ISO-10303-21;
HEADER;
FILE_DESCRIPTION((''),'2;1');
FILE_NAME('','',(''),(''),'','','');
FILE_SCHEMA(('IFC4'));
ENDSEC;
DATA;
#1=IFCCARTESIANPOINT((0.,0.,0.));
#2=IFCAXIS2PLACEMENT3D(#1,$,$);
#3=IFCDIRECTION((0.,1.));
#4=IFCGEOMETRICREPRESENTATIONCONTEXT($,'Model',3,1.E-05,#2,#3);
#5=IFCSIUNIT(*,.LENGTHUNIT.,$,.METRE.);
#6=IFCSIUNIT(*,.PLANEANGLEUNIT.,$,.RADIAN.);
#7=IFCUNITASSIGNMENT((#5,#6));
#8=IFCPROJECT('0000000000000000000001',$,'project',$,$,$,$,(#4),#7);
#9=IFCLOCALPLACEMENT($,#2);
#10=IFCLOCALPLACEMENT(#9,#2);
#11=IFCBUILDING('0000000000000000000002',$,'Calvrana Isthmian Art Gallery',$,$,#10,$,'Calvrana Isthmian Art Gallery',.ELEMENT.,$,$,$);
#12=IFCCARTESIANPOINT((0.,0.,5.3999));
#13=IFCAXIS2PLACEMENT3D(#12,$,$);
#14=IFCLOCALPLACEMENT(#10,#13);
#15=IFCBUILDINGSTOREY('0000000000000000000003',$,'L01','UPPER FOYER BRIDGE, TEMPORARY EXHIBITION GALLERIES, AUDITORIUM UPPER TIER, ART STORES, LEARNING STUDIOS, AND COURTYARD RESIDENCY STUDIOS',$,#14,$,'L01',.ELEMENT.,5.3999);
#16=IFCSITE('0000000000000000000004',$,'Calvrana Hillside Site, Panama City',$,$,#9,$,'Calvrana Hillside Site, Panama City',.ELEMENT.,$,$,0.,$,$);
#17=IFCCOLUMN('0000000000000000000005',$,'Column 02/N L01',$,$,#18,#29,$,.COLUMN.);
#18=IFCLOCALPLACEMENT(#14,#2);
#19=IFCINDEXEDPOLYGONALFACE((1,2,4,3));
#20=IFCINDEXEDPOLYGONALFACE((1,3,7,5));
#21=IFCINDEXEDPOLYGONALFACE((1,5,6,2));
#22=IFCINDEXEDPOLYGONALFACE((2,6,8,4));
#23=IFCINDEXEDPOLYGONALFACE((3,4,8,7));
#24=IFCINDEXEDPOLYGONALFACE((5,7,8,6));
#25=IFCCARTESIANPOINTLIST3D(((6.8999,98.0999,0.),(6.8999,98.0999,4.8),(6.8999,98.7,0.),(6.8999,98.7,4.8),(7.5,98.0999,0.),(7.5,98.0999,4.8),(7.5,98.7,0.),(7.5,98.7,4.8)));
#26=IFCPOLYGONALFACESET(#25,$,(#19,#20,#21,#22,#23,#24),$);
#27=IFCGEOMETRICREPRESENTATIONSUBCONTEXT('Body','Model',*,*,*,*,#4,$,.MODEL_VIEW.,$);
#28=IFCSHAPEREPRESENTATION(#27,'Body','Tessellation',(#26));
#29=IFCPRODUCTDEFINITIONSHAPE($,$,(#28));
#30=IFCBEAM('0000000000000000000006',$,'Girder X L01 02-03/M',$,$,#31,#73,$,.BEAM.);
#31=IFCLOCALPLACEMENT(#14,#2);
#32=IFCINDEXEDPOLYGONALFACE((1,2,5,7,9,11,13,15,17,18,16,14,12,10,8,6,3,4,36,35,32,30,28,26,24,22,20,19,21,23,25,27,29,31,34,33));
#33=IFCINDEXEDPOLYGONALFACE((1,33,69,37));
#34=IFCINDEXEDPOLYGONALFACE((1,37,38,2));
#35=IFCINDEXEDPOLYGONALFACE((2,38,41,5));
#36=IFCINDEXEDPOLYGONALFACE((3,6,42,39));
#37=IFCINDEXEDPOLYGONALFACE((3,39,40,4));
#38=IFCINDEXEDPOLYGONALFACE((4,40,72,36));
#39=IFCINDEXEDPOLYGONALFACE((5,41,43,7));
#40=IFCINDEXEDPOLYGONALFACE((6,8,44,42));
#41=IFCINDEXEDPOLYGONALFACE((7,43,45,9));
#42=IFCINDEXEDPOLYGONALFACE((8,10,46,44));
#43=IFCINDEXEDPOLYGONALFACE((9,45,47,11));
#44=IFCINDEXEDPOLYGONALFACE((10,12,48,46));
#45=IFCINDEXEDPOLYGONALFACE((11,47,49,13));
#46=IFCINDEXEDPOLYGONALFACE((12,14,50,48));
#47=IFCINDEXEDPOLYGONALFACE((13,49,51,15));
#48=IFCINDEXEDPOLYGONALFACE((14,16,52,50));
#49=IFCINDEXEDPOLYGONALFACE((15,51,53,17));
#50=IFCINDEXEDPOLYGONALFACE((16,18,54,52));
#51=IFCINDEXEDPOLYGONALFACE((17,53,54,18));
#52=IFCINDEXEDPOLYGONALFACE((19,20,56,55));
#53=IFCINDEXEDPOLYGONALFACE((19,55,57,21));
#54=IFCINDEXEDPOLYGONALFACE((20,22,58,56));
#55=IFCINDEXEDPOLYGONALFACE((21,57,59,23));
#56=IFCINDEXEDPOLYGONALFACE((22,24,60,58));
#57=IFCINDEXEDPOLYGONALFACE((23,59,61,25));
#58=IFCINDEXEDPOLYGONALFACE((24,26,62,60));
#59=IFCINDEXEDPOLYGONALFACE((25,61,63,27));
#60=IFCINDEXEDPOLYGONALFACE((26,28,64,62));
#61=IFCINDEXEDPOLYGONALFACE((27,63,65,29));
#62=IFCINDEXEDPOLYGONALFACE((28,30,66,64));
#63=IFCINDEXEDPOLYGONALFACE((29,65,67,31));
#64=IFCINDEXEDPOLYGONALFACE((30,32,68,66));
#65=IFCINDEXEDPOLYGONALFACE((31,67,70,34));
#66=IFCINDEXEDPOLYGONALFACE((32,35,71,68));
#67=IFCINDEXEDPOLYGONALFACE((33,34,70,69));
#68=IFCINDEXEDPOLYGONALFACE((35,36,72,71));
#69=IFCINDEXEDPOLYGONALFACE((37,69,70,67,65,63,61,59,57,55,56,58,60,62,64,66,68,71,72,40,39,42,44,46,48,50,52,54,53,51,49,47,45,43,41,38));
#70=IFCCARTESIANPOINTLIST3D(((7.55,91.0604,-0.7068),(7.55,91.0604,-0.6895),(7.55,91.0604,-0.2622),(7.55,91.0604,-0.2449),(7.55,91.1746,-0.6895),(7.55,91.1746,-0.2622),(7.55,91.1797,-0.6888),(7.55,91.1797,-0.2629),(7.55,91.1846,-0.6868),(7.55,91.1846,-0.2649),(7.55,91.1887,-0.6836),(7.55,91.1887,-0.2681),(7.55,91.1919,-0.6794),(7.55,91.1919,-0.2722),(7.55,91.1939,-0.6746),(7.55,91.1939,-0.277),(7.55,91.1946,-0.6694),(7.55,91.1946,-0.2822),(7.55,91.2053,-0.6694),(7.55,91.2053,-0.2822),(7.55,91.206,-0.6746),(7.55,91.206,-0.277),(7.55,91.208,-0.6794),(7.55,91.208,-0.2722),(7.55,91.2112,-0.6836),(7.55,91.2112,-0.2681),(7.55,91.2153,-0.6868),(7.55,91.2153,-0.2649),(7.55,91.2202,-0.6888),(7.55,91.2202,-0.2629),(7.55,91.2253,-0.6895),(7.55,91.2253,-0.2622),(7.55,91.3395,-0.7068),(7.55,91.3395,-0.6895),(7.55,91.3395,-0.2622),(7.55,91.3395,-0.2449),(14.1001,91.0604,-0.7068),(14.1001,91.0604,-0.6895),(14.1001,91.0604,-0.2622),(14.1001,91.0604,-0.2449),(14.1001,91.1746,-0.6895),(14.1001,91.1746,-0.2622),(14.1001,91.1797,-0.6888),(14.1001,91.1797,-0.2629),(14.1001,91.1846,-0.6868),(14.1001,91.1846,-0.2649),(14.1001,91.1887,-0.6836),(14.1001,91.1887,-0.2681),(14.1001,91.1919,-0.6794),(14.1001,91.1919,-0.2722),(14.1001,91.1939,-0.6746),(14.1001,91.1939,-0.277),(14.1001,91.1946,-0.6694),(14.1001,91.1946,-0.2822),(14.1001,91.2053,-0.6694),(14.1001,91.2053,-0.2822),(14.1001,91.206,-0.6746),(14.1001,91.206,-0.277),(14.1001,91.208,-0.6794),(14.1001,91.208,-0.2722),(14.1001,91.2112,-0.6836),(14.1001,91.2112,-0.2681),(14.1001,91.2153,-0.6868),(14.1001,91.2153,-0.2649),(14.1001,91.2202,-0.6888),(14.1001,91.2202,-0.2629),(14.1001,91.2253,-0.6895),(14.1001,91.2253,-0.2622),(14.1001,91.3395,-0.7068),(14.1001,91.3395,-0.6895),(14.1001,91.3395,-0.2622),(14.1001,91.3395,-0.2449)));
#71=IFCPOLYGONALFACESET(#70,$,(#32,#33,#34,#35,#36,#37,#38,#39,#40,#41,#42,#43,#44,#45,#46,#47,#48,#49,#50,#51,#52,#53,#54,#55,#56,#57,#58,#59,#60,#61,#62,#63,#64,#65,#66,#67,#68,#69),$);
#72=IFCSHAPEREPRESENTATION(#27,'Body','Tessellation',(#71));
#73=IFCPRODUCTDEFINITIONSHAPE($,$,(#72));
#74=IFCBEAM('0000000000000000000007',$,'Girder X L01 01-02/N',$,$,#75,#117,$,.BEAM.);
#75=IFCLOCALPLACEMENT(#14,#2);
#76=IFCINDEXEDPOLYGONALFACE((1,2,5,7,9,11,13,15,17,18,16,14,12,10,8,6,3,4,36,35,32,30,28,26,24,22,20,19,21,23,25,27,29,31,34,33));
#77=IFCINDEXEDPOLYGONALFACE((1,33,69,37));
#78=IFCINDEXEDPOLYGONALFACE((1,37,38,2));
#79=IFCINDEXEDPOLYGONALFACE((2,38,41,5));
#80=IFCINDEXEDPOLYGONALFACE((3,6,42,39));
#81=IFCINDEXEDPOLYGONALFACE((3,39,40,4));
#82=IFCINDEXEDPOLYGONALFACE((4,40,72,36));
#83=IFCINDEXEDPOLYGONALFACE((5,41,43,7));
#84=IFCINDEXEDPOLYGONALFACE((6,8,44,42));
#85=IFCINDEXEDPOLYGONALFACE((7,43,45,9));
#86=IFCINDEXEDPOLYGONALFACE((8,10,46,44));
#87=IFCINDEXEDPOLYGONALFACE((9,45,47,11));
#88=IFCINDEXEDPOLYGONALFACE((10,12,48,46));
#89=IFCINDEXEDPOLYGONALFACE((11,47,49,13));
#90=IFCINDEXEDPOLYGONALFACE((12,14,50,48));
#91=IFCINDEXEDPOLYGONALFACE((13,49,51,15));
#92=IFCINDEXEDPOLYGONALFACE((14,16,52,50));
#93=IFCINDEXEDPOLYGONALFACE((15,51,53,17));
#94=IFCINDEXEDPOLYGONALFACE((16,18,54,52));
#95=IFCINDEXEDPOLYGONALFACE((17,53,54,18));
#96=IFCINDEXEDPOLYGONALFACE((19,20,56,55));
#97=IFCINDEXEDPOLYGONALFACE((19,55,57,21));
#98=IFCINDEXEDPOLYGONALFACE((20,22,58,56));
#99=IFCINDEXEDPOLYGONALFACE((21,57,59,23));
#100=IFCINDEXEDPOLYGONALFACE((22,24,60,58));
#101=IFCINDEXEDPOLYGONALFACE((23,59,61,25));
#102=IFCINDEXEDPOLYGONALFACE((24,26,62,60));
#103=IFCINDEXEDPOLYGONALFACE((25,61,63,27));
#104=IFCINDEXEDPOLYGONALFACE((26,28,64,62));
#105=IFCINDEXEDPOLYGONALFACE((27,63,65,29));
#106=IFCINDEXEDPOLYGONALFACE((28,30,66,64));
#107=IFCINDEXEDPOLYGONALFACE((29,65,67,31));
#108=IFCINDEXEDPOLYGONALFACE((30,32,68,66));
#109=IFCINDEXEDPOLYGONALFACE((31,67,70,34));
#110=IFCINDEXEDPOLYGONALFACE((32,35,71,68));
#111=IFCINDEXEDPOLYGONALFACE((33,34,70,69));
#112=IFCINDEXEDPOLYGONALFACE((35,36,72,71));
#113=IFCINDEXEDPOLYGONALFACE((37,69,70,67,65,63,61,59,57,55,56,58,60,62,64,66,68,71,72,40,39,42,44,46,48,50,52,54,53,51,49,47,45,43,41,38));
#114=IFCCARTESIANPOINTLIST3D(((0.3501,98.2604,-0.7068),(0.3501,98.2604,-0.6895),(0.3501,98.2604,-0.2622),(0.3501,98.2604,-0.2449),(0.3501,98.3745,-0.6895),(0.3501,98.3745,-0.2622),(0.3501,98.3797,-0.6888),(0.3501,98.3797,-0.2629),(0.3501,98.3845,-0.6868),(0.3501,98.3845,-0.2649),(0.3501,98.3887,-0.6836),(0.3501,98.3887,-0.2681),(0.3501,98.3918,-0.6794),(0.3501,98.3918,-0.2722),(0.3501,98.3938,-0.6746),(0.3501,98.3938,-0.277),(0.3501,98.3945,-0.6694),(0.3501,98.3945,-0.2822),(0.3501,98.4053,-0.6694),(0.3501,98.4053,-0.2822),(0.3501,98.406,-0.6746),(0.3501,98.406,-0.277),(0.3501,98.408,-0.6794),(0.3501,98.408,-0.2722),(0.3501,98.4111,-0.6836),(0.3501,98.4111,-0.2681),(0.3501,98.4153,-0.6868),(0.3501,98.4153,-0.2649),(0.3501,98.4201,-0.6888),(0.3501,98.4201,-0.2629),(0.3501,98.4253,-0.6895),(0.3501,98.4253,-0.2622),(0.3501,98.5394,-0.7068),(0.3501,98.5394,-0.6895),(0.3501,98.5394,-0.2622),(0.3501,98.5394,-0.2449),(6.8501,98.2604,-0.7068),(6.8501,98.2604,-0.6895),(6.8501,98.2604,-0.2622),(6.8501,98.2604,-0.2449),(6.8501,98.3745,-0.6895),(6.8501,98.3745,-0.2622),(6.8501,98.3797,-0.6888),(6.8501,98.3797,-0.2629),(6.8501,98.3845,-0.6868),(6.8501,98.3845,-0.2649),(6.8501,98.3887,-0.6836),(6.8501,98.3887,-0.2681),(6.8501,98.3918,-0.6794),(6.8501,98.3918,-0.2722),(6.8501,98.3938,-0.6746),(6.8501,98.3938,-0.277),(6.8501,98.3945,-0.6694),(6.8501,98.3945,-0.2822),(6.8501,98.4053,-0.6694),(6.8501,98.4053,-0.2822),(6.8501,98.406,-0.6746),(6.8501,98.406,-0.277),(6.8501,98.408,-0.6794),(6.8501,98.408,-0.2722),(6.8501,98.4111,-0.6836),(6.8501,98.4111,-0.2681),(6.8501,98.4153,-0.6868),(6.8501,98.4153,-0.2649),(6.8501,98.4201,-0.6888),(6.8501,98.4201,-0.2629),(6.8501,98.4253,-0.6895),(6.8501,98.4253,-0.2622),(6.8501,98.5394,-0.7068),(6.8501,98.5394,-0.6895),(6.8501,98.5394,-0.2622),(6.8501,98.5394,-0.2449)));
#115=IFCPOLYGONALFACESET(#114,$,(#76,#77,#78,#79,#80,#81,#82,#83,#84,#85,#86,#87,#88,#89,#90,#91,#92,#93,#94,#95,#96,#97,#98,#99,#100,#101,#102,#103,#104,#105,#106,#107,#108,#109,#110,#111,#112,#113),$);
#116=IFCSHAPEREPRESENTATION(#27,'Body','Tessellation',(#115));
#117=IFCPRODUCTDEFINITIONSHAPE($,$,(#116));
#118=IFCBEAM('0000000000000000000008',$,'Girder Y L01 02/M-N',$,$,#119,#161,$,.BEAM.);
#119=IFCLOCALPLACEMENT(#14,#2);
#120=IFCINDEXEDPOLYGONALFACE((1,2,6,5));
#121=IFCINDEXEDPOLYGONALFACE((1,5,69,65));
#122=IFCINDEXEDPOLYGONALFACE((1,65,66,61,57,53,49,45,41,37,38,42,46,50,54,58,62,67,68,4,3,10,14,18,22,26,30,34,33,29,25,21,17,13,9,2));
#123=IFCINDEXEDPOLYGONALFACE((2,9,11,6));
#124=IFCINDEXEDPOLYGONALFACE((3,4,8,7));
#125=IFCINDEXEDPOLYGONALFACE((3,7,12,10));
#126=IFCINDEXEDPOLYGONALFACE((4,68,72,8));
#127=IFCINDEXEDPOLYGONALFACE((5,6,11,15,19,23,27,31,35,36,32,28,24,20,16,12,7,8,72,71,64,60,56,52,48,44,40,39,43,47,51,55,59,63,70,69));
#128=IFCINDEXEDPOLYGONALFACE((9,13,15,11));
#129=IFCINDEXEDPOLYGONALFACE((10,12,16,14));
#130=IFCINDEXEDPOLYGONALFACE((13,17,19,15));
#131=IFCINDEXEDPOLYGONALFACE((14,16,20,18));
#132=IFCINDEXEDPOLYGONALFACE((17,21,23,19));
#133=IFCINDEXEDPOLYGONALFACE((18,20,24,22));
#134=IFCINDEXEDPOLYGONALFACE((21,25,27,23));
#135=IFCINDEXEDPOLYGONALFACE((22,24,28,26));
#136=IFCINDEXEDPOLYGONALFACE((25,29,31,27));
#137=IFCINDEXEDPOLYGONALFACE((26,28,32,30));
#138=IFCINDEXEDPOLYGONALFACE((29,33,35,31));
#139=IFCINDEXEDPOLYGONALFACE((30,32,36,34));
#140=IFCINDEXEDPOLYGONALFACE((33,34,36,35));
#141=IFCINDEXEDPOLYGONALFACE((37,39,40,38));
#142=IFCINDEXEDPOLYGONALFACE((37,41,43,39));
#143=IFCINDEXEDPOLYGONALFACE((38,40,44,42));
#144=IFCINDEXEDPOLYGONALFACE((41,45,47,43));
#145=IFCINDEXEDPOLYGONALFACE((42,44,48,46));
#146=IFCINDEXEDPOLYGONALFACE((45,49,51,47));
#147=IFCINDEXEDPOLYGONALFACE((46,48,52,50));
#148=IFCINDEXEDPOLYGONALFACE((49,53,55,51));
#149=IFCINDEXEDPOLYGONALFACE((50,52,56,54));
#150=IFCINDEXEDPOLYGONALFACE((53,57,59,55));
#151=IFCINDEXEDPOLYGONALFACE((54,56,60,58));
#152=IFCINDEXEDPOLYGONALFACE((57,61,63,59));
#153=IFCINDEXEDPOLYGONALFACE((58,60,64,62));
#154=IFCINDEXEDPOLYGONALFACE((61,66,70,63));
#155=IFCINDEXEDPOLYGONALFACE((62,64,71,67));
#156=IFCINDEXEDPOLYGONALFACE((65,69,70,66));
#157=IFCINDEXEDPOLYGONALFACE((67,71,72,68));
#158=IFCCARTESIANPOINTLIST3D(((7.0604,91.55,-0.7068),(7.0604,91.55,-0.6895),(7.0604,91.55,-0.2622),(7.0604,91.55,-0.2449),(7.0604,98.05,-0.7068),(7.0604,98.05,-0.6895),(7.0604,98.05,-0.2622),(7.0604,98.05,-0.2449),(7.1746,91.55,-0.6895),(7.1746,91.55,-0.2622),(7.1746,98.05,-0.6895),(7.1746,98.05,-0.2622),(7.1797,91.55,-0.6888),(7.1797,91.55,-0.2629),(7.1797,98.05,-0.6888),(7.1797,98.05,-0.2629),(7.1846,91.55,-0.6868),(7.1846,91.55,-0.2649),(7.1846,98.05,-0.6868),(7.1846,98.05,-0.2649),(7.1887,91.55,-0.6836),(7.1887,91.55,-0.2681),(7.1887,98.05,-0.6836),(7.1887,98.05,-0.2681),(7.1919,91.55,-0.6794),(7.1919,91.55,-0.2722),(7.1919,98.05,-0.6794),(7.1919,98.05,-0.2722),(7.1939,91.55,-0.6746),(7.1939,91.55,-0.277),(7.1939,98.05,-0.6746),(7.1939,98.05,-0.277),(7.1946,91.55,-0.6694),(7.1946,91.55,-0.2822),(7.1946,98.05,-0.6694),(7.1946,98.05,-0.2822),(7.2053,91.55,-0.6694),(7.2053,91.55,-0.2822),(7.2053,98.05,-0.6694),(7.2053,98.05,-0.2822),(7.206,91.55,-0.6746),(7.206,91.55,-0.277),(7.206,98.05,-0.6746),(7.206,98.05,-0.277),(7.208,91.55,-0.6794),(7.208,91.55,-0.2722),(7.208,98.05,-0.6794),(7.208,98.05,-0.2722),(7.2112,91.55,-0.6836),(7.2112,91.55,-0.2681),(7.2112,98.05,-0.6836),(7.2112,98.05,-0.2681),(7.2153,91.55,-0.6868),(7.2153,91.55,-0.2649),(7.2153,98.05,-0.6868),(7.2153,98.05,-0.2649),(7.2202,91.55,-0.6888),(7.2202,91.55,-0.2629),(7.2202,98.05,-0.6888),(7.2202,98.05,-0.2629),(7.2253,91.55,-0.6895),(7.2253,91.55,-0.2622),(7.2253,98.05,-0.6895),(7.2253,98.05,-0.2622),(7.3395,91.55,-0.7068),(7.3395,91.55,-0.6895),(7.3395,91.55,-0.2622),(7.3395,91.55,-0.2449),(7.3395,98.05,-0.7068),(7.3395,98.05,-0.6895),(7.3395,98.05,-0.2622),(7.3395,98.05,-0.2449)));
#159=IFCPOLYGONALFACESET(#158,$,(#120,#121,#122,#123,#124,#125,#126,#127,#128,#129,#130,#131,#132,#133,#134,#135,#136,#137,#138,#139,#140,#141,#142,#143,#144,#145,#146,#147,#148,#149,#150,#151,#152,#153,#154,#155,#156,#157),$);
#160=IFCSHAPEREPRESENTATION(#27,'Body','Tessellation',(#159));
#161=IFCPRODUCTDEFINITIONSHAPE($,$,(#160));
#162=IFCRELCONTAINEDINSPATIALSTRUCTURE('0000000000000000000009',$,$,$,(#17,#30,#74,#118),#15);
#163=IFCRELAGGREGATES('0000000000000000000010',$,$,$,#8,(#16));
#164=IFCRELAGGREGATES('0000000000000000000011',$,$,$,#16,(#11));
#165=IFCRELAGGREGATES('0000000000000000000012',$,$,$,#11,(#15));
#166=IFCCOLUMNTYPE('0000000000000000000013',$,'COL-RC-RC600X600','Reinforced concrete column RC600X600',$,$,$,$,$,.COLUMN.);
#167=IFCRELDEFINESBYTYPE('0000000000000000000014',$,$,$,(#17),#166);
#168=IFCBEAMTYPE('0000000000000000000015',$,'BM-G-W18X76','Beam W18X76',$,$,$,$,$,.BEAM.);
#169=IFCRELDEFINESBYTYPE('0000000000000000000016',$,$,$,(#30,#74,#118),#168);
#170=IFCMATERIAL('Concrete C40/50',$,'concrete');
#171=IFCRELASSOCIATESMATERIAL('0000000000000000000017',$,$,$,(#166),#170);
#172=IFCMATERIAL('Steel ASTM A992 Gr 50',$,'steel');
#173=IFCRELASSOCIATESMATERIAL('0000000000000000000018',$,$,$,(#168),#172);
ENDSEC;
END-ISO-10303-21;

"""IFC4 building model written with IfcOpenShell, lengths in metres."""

from ifc_helpers import new_model, si_unit, direction, frame, origin, origin_2d, place, context, subcontext, project, spatial, rectangle, i_section, extrude, material, material_profile, profile_set, type_object, element, save


model = new_model("IFC4")

# Units and contexts
model_context = context("Model", 3, precision=1e-05, world=origin(), true_north=direction((0.0, 1.0)))
body_context = subcontext(model_context, "Body", "Model", "MODEL_VIEW")
ifc_project = project(units=[si_unit("LENGTHUNIT", "METRE"), si_unit("PLANEANGLEUNIT", "RADIAN")], contexts=[model_context])

# Site, building, storey
site_placement = place(None, origin())
site = spatial("IfcSite", under=ifc_project, at=site_placement, Name="Calvrana Hillside Site, Panama City", LongName="Calvrana Hillside Site, Panama City", CompositionType="ELEMENT", RefElevation=0.0)
building_placement = place(site_placement, origin())
building = spatial("IfcBuilding", under=site, at=building_placement, Name="Calvrana Isthmian Art Gallery", LongName="Calvrana Isthmian Art Gallery", CompositionType="ELEMENT")
storey_placement = place(building_placement, frame((0.0, 0.0, 5.3999)))
storey = spatial("IfcBuildingStorey", under=building, at=storey_placement, Name="L01", Description="UPPER FOYER BRIDGE, TEMPORARY EXHIBITION GALLERIES, AUDITORIUM UPPER TIER, ART STORES, LEARNING STUDIOS, AND COURTYARD RESIDENCY STUDIOS", LongName="L01", CompositionType="ELEMENT", Elevation=5.3999)

# Column
ifc_material_1 = material(Name="Concrete C40/50", Category="concrete")
ifc_material_profile_1 = material_profile(ifc_material_1, rectangle(XDim=0.6001, YDim=0.6001, at=origin_2d()), Name="RC600X600")
ifc_profile_set_1 = profile_set([ifc_material_profile_1], Name="Concrete C40/50")
column_type = type_object("IfcColumnType", Name="COL-RC-RC600X600", Description="Reinforced concrete column RC600X600", PredefinedType="COLUMN", material=ifc_profile_set_1)
column_placement = place(storey_placement, frame((7.2, 98.3999, 0.0), z_axis=(0.0, 0.0, 1.0), x_axis=(1.0, 0.0, 0.0)))
element("IfcColumn", 1, at=column_placement, inside=storey, type_object=column_type, Name="Column 02/N L01", PredefinedType="COLUMN", context=body_context, shape_type="SweptSolid", body=[
    extrude(rectangle(XDim=0.6001, YDim=0.6001, at=origin_2d()), origin(), (0.0, 0.0, 1.0), 4.8),
])

# Beams
ifc_material_2 = material(Name="Steel ASTM A992 Gr 50", Category="steel")
ifc_material_profile_2 = material_profile(ifc_material_2, i_section(OverallWidth=0.2791, OverallDepth=0.4619, WebThickness=0.0107, FlangeThickness=0.0173, FilletRadius=0.02, at=origin_2d()), Name="W18X76")
ifc_profile_set_2 = profile_set([ifc_material_profile_2], Name="Steel ASTM A992 Gr 50")
beam_type_1 = type_object("IfcBeamType", Name="BM-G-W18X76", Description="Beam W18X76", PredefinedType="BEAM", material=ifc_profile_set_2)
beam_1_placement = place(storey_placement, frame((7.55, 91.2, -0.4758), z_axis=(1.0, 0.0, 0.0), x_axis=(0.0, 1.0, 0.0)))
element("IfcBeam", 2, at=beam_1_placement, inside=storey, type_object=beam_type_1, Name="Girder X L01 02-03/M", PredefinedType="BEAM", context=body_context, shape_type="SweptSolid", body=[
    extrude(i_section(OverallWidth=0.2791, OverallDepth=0.4619, WebThickness=0.0107, FlangeThickness=0.0173, FilletRadius=0.02, at=origin_2d()), origin(), (0.0, 0.0, 1.0), 6.55),
])
for number, where, z_axis, x_axis, name in (
    (3, (0.3501, 98.3999, -0.4758), (1.0, 0.0, 0.0), (0.0, 1.0, 0.0), "Girder X L01 01-02/N"),
    (4, (7.2, 91.55, -0.4758), (0.0, 1.0, 0.0), (-1.0, 0.0, 0.0), "Girder Y L01 02/M-N"),
):
    element("IfcBeam", number, at=place(storey_placement, frame(where, z_axis=z_axis, x_axis=x_axis)), inside=storey, type_object=beam_type_1, Name=name, PredefinedType="BEAM", context=body_context, shape_type="SweptSolid", body=[
        extrude(i_section(OverallWidth=0.2791, OverallDepth=0.4619, WebThickness=0.0107, FlangeThickness=0.0173, FilletRadius=0.02, at=origin_2d()), origin(), (0.0, 0.0, 1.0), 6.5),
    ])

save(model, "model.ifc")
